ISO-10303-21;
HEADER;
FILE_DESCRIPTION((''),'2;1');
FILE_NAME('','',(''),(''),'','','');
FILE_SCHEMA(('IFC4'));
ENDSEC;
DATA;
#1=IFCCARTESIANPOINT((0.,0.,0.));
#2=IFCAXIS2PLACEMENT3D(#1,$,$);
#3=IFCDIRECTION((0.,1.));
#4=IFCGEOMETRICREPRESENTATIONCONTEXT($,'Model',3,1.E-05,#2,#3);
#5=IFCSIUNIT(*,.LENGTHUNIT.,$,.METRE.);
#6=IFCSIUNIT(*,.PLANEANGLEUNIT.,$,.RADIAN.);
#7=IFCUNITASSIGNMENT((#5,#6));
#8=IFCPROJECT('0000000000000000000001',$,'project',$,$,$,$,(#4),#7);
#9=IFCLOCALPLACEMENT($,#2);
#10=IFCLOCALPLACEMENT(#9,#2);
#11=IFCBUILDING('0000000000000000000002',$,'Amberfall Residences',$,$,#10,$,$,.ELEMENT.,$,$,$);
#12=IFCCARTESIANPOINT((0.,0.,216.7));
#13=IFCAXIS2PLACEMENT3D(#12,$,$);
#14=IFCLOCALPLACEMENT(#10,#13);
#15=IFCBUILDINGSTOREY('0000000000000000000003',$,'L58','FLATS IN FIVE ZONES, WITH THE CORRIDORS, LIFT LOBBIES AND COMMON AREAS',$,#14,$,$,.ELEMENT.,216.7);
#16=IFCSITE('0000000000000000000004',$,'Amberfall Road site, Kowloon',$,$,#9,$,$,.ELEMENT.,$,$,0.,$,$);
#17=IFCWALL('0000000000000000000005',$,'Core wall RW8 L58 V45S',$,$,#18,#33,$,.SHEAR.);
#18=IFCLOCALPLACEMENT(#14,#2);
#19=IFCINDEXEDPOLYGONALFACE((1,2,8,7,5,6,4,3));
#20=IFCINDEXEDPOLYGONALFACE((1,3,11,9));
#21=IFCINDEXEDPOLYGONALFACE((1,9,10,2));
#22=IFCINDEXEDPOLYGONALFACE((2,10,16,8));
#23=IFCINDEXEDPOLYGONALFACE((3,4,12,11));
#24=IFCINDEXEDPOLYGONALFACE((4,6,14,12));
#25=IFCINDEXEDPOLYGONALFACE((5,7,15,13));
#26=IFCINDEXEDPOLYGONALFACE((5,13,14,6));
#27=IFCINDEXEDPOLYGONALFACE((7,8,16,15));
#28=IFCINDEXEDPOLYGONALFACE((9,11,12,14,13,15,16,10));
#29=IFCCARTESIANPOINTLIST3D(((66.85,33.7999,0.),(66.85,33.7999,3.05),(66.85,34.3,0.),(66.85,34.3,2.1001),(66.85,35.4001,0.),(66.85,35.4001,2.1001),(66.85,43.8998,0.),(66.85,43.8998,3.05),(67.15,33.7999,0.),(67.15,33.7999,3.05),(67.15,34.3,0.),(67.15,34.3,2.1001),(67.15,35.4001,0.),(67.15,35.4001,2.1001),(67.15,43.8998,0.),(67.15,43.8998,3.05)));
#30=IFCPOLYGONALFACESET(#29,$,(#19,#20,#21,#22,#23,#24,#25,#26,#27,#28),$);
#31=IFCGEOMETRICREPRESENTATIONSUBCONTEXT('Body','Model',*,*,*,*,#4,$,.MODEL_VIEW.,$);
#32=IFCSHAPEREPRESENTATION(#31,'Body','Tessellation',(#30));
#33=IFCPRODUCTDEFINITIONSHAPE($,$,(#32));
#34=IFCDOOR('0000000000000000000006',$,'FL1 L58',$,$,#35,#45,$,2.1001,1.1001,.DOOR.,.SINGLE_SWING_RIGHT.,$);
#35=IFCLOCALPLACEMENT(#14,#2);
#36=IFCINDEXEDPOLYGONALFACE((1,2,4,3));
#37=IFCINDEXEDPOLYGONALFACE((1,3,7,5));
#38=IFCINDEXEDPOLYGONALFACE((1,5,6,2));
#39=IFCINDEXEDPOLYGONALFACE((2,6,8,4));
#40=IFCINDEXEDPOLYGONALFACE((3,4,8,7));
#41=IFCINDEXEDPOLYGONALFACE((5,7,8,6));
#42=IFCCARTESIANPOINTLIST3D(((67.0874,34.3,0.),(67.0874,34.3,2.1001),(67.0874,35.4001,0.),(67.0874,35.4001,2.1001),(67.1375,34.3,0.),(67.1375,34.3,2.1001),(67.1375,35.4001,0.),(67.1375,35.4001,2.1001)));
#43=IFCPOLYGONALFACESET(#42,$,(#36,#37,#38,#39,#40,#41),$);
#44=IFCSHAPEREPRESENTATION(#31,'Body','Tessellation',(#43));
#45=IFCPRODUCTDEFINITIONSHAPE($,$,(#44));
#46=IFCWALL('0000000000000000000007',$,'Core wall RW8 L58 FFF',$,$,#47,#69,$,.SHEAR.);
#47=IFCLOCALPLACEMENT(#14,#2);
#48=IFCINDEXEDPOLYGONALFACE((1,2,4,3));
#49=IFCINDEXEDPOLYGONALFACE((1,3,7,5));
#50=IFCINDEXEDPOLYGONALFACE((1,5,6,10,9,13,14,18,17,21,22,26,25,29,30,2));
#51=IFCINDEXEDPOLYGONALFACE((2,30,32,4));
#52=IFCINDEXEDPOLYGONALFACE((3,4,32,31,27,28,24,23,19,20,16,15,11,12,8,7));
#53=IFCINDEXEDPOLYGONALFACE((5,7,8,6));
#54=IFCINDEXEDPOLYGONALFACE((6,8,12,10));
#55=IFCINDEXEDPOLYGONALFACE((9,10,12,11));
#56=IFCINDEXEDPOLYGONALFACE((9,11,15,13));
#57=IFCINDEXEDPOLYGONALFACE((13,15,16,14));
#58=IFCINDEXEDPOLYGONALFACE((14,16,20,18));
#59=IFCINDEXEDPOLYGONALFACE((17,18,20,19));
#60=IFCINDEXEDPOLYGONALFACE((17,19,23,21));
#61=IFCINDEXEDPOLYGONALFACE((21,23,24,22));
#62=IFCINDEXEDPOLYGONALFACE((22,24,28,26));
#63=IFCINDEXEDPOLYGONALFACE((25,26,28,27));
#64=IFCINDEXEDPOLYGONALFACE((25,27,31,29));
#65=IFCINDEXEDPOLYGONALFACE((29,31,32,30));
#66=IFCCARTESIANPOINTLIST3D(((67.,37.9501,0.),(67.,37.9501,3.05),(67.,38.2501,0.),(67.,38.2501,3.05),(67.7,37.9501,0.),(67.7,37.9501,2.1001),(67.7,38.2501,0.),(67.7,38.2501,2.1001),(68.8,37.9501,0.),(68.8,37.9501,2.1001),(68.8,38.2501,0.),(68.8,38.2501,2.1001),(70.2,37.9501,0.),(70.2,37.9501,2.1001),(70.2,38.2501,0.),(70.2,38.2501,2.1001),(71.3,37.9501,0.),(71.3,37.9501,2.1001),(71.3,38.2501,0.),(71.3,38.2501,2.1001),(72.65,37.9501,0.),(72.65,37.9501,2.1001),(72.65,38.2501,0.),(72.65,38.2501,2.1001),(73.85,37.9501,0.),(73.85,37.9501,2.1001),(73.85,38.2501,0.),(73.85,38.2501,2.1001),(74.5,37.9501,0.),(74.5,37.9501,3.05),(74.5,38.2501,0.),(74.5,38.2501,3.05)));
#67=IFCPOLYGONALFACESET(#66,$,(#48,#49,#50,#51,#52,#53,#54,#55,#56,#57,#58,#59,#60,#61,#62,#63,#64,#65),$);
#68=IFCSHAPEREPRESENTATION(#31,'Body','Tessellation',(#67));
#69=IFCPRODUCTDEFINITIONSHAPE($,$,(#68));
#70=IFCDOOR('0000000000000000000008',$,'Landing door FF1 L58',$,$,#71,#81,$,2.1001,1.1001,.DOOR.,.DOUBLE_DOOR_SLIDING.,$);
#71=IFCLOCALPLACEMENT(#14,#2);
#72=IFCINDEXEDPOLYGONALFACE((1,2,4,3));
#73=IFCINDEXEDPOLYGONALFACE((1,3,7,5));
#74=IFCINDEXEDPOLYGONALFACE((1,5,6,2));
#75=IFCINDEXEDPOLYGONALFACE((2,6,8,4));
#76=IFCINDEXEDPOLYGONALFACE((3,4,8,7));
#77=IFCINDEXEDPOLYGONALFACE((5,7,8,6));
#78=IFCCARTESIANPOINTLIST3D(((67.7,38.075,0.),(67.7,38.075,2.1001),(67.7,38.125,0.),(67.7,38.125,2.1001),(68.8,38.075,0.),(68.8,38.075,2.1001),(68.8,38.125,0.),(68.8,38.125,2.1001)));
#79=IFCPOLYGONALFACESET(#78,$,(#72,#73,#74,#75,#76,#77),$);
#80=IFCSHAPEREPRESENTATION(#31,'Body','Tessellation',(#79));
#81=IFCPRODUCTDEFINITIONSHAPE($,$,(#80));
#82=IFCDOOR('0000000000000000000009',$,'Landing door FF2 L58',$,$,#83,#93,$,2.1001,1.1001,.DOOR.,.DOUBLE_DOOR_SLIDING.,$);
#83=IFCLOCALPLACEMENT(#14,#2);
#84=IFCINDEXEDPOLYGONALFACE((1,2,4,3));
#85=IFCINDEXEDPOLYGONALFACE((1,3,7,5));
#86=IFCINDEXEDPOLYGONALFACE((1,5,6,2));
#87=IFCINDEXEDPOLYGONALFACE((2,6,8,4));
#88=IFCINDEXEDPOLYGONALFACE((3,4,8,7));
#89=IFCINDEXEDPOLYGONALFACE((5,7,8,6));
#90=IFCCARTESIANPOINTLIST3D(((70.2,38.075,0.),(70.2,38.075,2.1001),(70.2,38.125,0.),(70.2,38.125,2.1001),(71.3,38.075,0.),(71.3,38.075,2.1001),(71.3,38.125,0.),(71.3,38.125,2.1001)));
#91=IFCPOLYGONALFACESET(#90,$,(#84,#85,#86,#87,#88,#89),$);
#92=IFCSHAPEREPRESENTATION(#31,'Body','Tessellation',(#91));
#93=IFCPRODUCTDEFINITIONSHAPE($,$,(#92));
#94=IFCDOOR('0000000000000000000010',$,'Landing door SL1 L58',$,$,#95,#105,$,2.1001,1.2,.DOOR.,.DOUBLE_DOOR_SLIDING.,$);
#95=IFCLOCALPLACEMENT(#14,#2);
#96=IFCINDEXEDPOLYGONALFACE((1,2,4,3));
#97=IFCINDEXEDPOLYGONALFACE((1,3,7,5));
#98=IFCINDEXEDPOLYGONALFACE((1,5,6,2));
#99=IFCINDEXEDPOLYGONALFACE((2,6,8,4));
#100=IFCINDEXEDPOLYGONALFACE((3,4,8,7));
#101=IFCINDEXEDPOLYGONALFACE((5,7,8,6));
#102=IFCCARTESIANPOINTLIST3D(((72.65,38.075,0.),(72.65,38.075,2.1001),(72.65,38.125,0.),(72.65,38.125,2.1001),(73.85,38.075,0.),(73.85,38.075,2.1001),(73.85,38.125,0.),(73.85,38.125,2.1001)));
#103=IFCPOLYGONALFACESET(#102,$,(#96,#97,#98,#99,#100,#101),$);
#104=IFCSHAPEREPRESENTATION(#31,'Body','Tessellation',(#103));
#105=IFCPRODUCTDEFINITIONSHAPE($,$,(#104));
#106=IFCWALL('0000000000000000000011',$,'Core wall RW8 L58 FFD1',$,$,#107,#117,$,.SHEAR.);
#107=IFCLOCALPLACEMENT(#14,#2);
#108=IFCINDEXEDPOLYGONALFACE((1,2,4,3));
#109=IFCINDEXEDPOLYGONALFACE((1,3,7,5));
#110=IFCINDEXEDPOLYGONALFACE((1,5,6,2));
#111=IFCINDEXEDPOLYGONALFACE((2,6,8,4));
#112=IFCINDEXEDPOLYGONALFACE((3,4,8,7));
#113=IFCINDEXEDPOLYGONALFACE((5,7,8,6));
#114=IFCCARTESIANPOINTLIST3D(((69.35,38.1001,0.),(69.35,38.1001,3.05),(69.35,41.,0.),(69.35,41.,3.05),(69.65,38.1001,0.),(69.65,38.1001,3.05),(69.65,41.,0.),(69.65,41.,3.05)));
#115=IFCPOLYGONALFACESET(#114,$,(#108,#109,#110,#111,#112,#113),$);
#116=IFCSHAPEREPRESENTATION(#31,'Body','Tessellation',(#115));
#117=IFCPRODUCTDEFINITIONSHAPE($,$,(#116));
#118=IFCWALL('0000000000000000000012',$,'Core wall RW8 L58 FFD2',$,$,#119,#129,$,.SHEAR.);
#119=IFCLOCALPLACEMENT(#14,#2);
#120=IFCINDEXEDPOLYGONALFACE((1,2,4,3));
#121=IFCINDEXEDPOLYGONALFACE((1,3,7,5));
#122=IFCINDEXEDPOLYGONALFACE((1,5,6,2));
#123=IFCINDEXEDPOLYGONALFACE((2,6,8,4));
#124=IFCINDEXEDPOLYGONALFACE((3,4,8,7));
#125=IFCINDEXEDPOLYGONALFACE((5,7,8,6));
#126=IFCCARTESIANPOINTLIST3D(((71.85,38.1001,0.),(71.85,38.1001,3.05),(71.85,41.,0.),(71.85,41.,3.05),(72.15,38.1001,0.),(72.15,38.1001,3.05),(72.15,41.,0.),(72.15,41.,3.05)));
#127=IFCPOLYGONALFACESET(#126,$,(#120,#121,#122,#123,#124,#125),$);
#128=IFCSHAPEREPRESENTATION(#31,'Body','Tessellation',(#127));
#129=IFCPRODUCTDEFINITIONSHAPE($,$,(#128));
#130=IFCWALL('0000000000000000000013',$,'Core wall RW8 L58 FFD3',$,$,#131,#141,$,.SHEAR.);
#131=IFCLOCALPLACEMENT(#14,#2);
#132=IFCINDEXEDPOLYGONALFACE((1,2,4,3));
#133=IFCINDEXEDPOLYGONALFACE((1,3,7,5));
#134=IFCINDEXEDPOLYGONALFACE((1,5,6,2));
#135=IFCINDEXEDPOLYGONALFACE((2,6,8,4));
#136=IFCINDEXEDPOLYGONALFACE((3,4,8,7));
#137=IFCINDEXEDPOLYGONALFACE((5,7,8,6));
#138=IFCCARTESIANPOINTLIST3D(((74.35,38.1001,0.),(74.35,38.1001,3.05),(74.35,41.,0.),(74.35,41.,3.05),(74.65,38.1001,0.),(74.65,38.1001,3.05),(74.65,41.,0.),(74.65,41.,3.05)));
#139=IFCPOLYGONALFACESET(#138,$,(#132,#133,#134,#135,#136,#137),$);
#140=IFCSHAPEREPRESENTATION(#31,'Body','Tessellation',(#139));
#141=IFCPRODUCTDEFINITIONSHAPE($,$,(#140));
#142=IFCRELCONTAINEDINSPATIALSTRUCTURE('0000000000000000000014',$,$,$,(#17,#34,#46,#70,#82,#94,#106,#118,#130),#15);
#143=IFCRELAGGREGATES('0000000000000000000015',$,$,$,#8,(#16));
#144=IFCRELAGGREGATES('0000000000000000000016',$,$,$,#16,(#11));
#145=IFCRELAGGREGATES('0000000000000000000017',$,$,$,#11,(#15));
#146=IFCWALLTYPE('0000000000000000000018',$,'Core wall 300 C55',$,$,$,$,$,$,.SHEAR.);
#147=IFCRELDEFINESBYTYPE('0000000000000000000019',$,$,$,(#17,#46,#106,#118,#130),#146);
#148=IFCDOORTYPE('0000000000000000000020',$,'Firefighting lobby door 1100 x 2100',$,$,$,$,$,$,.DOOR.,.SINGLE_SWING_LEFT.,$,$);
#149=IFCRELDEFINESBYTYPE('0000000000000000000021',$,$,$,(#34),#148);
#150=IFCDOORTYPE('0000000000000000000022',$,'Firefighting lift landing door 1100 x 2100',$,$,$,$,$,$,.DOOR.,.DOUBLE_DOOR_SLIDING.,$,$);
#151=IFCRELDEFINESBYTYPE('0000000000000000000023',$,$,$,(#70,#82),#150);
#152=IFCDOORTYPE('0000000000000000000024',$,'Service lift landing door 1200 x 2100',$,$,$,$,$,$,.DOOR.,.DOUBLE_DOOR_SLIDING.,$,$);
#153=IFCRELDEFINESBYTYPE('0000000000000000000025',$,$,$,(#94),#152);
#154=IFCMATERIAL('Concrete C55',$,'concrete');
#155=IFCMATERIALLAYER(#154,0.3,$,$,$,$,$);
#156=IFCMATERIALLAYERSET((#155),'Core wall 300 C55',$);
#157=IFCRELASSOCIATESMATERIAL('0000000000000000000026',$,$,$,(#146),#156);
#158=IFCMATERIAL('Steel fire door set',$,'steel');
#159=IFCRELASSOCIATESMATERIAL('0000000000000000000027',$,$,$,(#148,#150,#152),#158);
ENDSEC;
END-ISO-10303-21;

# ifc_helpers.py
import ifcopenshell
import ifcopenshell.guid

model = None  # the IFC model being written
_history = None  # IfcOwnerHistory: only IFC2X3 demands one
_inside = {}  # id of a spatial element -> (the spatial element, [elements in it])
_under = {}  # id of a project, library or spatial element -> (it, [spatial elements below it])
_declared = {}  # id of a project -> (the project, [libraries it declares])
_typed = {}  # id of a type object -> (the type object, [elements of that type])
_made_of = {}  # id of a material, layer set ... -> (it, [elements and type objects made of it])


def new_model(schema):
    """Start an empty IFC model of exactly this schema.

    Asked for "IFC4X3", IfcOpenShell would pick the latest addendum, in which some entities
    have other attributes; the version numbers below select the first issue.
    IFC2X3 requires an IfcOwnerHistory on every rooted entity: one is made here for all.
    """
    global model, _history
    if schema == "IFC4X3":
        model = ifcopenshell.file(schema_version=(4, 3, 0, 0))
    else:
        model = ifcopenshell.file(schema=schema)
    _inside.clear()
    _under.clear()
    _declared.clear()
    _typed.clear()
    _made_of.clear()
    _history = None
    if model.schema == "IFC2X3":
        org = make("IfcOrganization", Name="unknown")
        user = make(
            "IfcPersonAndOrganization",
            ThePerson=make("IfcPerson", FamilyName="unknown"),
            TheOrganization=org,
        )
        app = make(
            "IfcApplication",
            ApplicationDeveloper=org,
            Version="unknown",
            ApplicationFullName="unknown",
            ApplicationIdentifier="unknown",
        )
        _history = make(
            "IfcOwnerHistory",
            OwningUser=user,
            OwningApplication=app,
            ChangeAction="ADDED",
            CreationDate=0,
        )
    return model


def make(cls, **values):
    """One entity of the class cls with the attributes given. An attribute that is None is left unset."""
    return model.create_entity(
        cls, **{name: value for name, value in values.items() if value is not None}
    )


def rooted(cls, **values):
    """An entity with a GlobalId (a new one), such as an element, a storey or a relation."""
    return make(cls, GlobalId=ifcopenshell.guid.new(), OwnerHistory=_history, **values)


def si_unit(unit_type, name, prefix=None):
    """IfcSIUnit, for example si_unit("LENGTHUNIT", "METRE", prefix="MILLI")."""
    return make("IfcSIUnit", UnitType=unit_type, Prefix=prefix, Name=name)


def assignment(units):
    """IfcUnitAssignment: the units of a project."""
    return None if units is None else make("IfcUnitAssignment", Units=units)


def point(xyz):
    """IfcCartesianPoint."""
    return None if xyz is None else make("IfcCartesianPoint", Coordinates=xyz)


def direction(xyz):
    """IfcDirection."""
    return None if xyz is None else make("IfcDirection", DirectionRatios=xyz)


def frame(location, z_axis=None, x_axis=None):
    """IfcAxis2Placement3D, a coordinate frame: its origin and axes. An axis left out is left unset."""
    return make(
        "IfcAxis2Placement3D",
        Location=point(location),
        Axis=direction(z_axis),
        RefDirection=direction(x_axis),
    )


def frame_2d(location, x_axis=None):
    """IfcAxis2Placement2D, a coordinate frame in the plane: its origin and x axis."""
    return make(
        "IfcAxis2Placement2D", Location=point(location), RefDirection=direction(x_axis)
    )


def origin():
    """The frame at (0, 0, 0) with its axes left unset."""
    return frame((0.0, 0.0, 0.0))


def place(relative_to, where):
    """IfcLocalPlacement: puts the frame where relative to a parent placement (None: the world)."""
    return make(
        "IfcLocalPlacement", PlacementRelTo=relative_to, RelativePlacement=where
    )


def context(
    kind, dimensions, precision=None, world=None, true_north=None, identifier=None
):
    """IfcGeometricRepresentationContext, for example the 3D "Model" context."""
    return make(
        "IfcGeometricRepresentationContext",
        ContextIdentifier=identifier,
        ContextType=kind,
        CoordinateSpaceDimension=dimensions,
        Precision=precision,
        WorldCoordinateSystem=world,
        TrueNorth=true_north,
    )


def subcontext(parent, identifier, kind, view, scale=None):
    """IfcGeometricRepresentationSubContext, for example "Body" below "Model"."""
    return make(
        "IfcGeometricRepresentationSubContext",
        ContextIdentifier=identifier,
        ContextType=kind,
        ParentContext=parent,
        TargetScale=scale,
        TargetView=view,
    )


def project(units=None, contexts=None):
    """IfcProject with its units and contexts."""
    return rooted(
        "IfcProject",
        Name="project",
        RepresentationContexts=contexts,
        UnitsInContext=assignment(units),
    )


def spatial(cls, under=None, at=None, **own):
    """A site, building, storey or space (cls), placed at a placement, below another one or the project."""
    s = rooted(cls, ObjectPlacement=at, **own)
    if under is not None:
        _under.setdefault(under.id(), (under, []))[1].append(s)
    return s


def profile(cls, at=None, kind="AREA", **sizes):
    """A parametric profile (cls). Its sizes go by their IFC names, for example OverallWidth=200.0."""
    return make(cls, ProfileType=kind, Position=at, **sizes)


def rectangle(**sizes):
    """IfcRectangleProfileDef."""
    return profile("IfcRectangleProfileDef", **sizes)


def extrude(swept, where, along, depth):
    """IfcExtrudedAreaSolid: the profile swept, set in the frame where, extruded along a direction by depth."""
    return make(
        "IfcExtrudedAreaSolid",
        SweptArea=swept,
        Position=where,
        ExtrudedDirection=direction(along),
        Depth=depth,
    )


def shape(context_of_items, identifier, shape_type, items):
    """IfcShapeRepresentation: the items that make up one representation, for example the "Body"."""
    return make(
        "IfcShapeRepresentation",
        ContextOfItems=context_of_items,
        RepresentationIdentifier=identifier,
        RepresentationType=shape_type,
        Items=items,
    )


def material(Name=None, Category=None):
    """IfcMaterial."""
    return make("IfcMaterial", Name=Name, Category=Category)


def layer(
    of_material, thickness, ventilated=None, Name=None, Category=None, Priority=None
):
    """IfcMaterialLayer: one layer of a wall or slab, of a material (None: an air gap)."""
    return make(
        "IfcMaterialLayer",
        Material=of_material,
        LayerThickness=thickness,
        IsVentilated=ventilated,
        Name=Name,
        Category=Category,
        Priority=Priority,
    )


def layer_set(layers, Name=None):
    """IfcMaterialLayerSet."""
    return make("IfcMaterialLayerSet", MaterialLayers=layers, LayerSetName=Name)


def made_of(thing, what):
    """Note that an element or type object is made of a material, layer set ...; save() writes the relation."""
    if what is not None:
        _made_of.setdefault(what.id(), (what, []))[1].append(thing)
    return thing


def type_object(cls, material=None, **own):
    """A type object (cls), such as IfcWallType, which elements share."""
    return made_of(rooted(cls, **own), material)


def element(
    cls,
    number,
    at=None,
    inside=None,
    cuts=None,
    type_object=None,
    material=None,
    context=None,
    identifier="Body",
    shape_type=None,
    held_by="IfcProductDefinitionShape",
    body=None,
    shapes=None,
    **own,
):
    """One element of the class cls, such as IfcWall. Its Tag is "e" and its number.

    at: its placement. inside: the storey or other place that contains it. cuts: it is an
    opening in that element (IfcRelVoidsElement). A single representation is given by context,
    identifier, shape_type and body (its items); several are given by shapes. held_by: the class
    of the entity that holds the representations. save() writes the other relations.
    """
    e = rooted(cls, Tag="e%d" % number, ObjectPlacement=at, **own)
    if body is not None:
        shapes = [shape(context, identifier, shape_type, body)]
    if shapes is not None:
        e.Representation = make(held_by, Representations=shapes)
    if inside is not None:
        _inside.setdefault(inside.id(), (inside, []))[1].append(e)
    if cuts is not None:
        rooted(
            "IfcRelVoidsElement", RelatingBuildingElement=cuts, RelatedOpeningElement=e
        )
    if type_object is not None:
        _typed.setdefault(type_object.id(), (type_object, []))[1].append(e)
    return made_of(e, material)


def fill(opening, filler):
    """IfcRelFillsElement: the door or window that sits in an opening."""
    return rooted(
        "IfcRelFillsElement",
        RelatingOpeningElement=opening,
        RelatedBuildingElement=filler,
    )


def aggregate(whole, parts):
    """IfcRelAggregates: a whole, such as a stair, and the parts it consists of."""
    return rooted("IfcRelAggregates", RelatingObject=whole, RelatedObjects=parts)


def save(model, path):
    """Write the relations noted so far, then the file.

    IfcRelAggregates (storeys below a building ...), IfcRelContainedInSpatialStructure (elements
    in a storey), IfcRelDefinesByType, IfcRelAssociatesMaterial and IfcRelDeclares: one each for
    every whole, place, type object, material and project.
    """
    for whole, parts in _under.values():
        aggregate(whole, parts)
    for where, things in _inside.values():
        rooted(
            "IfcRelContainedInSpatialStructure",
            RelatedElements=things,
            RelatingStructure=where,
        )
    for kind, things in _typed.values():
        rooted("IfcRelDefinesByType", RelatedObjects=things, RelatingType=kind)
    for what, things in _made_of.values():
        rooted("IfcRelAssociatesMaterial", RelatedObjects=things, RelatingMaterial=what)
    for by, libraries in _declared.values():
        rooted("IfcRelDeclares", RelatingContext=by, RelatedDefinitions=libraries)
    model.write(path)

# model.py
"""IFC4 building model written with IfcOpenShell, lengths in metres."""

from ifc_helpers import new_model, si_unit, direction, frame, frame_2d, origin, place, context, subcontext, project, spatial, rectangle, extrude, material, layer, layer_set, type_object, element, fill, save


model = new_model("IFC4")

# Units and contexts
model_context = context("Model", 3, precision=1e-05, world=origin(), true_north=direction((0.0, 1.0)))
body_context = subcontext(model_context, "Body", "Model", "MODEL_VIEW")
ifc_project = project(units=[si_unit("LENGTHUNIT", "METRE"), si_unit("PLANEANGLEUNIT", "RADIAN")], contexts=[model_context])

# Site, building, storey
site_placement = place(None, origin())
site = spatial("IfcSite", under=ifc_project, at=site_placement, Name="Amberfall Road site, Kowloon", CompositionType="ELEMENT", RefElevation=0.0)
building_placement = place(site_placement, origin())
building = spatial("IfcBuilding", under=site, at=building_placement, Name="Amberfall Residences", CompositionType="ELEMENT")
storey_placement = place(building_placement, frame((0.0, 0.0, 216.7)))
storey = spatial("IfcBuildingStorey", under=building, at=storey_placement, Name="L58", Description="FLATS IN FIVE ZONES, WITH THE CORRIDORS, LIFT LOBBIES AND COMMON AREAS", CompositionType="ELEMENT", Elevation=216.7)

# Wall, opening, door
ifc_material_1 = material(Name="Concrete C55", Category="concrete")
ifc_layer_1 = layer(ifc_material_1, 0.3)
ifc_layer_set_1 = layer_set([ifc_layer_1], Name="Core wall 300 C55")
wall_type_1 = type_object("IfcWallType", Name="Core wall 300 C55", PredefinedType="SHEAR", material=ifc_layer_set_1)
wall_1_placement = place(storey_placement, frame((67.0, 33.8, 0.0), z_axis=(0.0, 0.0, 1.0), x_axis=(0.0, 1.0, 0.0)))
wall_1 = element("IfcWall", 1, at=wall_1_placement, inside=storey, type_object=wall_type_1, Name="Core wall RW8 L58 V45S", PredefinedType="SHEAR", context=body_context, shape_type="SweptSolid", body=[
    extrude(rectangle(XDim=10.0999, YDim=0.3, at=frame_2d((5.0498, 0.0))), origin(), (0.0, 0.0, 1.0), 3.05),
])
opening_1_placement = place(wall_1_placement, frame((0.5, 0.0, 0.0)))
opening_1 = element("IfcOpeningElement", 2, at=opening_1_placement, cuts=wall_1, PredefinedType="OPENING", context=body_context, shape_type="SweptSolid", body=[
    extrude(rectangle(XDim=1.1001, YDim=2.1001, at=frame_2d((0.55, 1.05))), frame((0.0, 0.1599, 0.0), z_axis=(0.0, -1.0, 0.0), x_axis=(1.0, 0.0, 0.0)), (0.0, 0.0, 1.0), 0.3201),
])
ifc_material_2 = material(Name="Steel fire door set", Category="steel")
door_type_1 = type_object("IfcDoorType", Name="Firefighting lobby door 1100 x 2100", OperationType="SINGLE_SWING_LEFT", PredefinedType="DOOR", material=ifc_material_2)
door_1_placement = place(opening_1_placement, origin())
door_1 = element("IfcDoor", 3, at=door_1_placement, inside=storey, type_object=door_type_1, Name="FL1 L58", OperationType="SINGLE_SWING_RIGHT", OverallHeight=2.1001, OverallWidth=1.1001, PredefinedType="DOOR", context=body_context, shape_type="SweptSolid", body=[
    extrude(rectangle(XDim=1.1001, YDim=2.1001, at=frame_2d((0.55, 1.05))), frame((0.0, -0.0874, 0.0), z_axis=(0.0, -1.0, 0.0), x_axis=(1.0, 0.0, 0.0)), (0.0, 0.0, 1.0), 0.05),
])
fill(opening_1, door_1)

# Wall, openings, doors
wall_2_placement = place(storey_placement, frame((67.0, 38.1001, 0.0), z_axis=(0.0, 0.0, 1.0), x_axis=(1.0, 0.0, 0.0)))
wall_2 = element("IfcWall", 4, at=wall_2_placement, inside=storey, type_object=wall_type_1, Name="Core wall RW8 L58 FFF", PredefinedType="SHEAR", context=body_context, shape_type="SweptSolid", body=[
    extrude(rectangle(XDim=7.5, YDim=0.3, at=frame_2d((3.75, 0.0))), origin(), (0.0, 0.0, 1.0), 3.05),
])
opening_2_placement = place(wall_2_placement, frame((0.7, 0.0, 0.0)))
opening_2 = element("IfcOpeningElement", 5, at=opening_2_placement, cuts=wall_2, PredefinedType="OPENING", context=body_context, shape_type="SweptSolid", body=[
    extrude(rectangle(XDim=1.1001, YDim=2.1001, at=frame_2d((0.55, 1.05))), frame((0.0, 0.1599, 0.0), z_axis=(0.0, -1.0, 0.0), x_axis=(1.0, 0.0, 0.0)), (0.0, 0.0, 1.0), 0.3201),
])
opening_3_placement = place(wall_2_placement, frame((3.2, 0.0, 0.0)))
opening_3 = element("IfcOpeningElement", 6, at=opening_3_placement, cuts=wall_2, PredefinedType="OPENING", context=body_context, shape_type="SweptSolid", body=[
    extrude(rectangle(XDim=1.1001, YDim=2.1001, at=frame_2d((0.55, 1.05))), frame((0.0, 0.1599, 0.0), z_axis=(0.0, -1.0, 0.0), x_axis=(1.0, 0.0, 0.0)), (0.0, 0.0, 1.0), 0.3201),
])
opening_4_placement = place(wall_2_placement, frame((5.6499, 0.0, 0.0)))
opening_4 = element("IfcOpeningElement", 7, at=opening_4_placement, cuts=wall_2, PredefinedType="OPENING", context=body_context, shape_type="SweptSolid", body=[
    extrude(rectangle(XDim=1.2, YDim=2.1001, at=frame_2d((0.6001, 1.05))), frame((0.0, 0.1599, 0.0), z_axis=(0.0, -1.0, 0.0), x_axis=(1.0, 0.0, 0.0)), (0.0, 0.0, 1.0), 0.3201),
])
door_type_2 = type_object("IfcDoorType", Name="Firefighting lift landing door 1100 x 2100", OperationType="DOUBLE_DOOR_SLIDING", PredefinedType="DOOR", material=ifc_material_2)
door_2_placement = place(opening_2_placement, origin())
door_2 = element("IfcDoor", 8, at=door_2_placement, inside=storey, type_object=door_type_2, Name="Landing door FF1 L58", OperationType="DOUBLE_DOOR_SLIDING", OverallHeight=2.1001, OverallWidth=1.1001, PredefinedType="DOOR", context=body_context, shape_type="SweptSolid", body=[
    extrude(rectangle(XDim=1.1001, YDim=2.1001, at=frame_2d((0.55, 1.05))), frame((0.0, 0.0249, 0.0), z_axis=(0.0, -1.0, 0.0), x_axis=(1.0, 0.0, 0.0)), (0.0, 0.0, 1.0), 0.05),
])
fill(opening_2, door_2)
door_3_placement = place(opening_3_placement, origin())
door_3 = element("IfcDoor", 9, at=door_3_placement, inside=storey, type_object=door_type_2, Name="Landing door FF2 L58", OperationType="DOUBLE_DOOR_SLIDING", OverallHeight=2.1001, OverallWidth=1.1001, PredefinedType="DOOR", context=body_context, shape_type="SweptSolid", body=[
    extrude(rectangle(XDim=1.1001, YDim=2.1001, at=frame_2d((0.55, 1.05))), frame((0.0, 0.0249, 0.0), z_axis=(0.0, -1.0, 0.0), x_axis=(1.0, 0.0, 0.0)), (0.0, 0.0, 1.0), 0.05),
])
fill(opening_3, door_3)
door_type_3 = type_object("IfcDoorType", Name="Service lift landing door 1200 x 2100", OperationType="DOUBLE_DOOR_SLIDING", PredefinedType="DOOR", material=ifc_material_2)
door_4_placement = place(opening_4_placement, origin())
door_4 = element("IfcDoor", 10, at=door_4_placement, inside=storey, type_object=door_type_3, Name="Landing door SL1 L58", OperationType="DOUBLE_DOOR_SLIDING", OverallHeight=2.1001, OverallWidth=1.2, PredefinedType="DOOR", context=body_context, shape_type="SweptSolid", body=[
    extrude(rectangle(XDim=1.2, YDim=2.1001, at=frame_2d((0.6001, 1.05))), frame((0.0, 0.0249, 0.0), z_axis=(0.0, -1.0, 0.0), x_axis=(1.0, 0.0, 0.0)), (0.0, 0.0, 1.0), 0.05),
])
fill(opening_4, door_4)

# Walls
for number, where, z_axis, x_axis, name in (
    (11, (69.5, 38.1001, 0.0), (0.0, 0.0, 1.0), (0.0, 1.0, 0.0), "Core wall RW8 L58 FFD1"),
    (12, (72.0, 38.1001, 0.0), (0.0, 0.0, 1.0), (0.0, 1.0, 0.0), "Core wall RW8 L58 FFD2"),
    (13, (74.5, 38.1001, 0.0), (0.0, 0.0, 1.0), (0.0, 1.0, 0.0), "Core wall RW8 L58 FFD3"),
):
    element("IfcWall", number, at=place(storey_placement, frame(where, z_axis=z_axis, x_axis=x_axis)), inside=storey, type_object=wall_type_1, Name=name, PredefinedType="SHEAR", context=body_context, shape_type="SweptSolid", body=[
        extrude(rectangle(XDim=2.8999, YDim=0.3, at=frame_2d((1.45, 0.0))), origin(), (0.0, 0.0, 1.0), 3.05),
    ])

save(model, "model.ifc")
